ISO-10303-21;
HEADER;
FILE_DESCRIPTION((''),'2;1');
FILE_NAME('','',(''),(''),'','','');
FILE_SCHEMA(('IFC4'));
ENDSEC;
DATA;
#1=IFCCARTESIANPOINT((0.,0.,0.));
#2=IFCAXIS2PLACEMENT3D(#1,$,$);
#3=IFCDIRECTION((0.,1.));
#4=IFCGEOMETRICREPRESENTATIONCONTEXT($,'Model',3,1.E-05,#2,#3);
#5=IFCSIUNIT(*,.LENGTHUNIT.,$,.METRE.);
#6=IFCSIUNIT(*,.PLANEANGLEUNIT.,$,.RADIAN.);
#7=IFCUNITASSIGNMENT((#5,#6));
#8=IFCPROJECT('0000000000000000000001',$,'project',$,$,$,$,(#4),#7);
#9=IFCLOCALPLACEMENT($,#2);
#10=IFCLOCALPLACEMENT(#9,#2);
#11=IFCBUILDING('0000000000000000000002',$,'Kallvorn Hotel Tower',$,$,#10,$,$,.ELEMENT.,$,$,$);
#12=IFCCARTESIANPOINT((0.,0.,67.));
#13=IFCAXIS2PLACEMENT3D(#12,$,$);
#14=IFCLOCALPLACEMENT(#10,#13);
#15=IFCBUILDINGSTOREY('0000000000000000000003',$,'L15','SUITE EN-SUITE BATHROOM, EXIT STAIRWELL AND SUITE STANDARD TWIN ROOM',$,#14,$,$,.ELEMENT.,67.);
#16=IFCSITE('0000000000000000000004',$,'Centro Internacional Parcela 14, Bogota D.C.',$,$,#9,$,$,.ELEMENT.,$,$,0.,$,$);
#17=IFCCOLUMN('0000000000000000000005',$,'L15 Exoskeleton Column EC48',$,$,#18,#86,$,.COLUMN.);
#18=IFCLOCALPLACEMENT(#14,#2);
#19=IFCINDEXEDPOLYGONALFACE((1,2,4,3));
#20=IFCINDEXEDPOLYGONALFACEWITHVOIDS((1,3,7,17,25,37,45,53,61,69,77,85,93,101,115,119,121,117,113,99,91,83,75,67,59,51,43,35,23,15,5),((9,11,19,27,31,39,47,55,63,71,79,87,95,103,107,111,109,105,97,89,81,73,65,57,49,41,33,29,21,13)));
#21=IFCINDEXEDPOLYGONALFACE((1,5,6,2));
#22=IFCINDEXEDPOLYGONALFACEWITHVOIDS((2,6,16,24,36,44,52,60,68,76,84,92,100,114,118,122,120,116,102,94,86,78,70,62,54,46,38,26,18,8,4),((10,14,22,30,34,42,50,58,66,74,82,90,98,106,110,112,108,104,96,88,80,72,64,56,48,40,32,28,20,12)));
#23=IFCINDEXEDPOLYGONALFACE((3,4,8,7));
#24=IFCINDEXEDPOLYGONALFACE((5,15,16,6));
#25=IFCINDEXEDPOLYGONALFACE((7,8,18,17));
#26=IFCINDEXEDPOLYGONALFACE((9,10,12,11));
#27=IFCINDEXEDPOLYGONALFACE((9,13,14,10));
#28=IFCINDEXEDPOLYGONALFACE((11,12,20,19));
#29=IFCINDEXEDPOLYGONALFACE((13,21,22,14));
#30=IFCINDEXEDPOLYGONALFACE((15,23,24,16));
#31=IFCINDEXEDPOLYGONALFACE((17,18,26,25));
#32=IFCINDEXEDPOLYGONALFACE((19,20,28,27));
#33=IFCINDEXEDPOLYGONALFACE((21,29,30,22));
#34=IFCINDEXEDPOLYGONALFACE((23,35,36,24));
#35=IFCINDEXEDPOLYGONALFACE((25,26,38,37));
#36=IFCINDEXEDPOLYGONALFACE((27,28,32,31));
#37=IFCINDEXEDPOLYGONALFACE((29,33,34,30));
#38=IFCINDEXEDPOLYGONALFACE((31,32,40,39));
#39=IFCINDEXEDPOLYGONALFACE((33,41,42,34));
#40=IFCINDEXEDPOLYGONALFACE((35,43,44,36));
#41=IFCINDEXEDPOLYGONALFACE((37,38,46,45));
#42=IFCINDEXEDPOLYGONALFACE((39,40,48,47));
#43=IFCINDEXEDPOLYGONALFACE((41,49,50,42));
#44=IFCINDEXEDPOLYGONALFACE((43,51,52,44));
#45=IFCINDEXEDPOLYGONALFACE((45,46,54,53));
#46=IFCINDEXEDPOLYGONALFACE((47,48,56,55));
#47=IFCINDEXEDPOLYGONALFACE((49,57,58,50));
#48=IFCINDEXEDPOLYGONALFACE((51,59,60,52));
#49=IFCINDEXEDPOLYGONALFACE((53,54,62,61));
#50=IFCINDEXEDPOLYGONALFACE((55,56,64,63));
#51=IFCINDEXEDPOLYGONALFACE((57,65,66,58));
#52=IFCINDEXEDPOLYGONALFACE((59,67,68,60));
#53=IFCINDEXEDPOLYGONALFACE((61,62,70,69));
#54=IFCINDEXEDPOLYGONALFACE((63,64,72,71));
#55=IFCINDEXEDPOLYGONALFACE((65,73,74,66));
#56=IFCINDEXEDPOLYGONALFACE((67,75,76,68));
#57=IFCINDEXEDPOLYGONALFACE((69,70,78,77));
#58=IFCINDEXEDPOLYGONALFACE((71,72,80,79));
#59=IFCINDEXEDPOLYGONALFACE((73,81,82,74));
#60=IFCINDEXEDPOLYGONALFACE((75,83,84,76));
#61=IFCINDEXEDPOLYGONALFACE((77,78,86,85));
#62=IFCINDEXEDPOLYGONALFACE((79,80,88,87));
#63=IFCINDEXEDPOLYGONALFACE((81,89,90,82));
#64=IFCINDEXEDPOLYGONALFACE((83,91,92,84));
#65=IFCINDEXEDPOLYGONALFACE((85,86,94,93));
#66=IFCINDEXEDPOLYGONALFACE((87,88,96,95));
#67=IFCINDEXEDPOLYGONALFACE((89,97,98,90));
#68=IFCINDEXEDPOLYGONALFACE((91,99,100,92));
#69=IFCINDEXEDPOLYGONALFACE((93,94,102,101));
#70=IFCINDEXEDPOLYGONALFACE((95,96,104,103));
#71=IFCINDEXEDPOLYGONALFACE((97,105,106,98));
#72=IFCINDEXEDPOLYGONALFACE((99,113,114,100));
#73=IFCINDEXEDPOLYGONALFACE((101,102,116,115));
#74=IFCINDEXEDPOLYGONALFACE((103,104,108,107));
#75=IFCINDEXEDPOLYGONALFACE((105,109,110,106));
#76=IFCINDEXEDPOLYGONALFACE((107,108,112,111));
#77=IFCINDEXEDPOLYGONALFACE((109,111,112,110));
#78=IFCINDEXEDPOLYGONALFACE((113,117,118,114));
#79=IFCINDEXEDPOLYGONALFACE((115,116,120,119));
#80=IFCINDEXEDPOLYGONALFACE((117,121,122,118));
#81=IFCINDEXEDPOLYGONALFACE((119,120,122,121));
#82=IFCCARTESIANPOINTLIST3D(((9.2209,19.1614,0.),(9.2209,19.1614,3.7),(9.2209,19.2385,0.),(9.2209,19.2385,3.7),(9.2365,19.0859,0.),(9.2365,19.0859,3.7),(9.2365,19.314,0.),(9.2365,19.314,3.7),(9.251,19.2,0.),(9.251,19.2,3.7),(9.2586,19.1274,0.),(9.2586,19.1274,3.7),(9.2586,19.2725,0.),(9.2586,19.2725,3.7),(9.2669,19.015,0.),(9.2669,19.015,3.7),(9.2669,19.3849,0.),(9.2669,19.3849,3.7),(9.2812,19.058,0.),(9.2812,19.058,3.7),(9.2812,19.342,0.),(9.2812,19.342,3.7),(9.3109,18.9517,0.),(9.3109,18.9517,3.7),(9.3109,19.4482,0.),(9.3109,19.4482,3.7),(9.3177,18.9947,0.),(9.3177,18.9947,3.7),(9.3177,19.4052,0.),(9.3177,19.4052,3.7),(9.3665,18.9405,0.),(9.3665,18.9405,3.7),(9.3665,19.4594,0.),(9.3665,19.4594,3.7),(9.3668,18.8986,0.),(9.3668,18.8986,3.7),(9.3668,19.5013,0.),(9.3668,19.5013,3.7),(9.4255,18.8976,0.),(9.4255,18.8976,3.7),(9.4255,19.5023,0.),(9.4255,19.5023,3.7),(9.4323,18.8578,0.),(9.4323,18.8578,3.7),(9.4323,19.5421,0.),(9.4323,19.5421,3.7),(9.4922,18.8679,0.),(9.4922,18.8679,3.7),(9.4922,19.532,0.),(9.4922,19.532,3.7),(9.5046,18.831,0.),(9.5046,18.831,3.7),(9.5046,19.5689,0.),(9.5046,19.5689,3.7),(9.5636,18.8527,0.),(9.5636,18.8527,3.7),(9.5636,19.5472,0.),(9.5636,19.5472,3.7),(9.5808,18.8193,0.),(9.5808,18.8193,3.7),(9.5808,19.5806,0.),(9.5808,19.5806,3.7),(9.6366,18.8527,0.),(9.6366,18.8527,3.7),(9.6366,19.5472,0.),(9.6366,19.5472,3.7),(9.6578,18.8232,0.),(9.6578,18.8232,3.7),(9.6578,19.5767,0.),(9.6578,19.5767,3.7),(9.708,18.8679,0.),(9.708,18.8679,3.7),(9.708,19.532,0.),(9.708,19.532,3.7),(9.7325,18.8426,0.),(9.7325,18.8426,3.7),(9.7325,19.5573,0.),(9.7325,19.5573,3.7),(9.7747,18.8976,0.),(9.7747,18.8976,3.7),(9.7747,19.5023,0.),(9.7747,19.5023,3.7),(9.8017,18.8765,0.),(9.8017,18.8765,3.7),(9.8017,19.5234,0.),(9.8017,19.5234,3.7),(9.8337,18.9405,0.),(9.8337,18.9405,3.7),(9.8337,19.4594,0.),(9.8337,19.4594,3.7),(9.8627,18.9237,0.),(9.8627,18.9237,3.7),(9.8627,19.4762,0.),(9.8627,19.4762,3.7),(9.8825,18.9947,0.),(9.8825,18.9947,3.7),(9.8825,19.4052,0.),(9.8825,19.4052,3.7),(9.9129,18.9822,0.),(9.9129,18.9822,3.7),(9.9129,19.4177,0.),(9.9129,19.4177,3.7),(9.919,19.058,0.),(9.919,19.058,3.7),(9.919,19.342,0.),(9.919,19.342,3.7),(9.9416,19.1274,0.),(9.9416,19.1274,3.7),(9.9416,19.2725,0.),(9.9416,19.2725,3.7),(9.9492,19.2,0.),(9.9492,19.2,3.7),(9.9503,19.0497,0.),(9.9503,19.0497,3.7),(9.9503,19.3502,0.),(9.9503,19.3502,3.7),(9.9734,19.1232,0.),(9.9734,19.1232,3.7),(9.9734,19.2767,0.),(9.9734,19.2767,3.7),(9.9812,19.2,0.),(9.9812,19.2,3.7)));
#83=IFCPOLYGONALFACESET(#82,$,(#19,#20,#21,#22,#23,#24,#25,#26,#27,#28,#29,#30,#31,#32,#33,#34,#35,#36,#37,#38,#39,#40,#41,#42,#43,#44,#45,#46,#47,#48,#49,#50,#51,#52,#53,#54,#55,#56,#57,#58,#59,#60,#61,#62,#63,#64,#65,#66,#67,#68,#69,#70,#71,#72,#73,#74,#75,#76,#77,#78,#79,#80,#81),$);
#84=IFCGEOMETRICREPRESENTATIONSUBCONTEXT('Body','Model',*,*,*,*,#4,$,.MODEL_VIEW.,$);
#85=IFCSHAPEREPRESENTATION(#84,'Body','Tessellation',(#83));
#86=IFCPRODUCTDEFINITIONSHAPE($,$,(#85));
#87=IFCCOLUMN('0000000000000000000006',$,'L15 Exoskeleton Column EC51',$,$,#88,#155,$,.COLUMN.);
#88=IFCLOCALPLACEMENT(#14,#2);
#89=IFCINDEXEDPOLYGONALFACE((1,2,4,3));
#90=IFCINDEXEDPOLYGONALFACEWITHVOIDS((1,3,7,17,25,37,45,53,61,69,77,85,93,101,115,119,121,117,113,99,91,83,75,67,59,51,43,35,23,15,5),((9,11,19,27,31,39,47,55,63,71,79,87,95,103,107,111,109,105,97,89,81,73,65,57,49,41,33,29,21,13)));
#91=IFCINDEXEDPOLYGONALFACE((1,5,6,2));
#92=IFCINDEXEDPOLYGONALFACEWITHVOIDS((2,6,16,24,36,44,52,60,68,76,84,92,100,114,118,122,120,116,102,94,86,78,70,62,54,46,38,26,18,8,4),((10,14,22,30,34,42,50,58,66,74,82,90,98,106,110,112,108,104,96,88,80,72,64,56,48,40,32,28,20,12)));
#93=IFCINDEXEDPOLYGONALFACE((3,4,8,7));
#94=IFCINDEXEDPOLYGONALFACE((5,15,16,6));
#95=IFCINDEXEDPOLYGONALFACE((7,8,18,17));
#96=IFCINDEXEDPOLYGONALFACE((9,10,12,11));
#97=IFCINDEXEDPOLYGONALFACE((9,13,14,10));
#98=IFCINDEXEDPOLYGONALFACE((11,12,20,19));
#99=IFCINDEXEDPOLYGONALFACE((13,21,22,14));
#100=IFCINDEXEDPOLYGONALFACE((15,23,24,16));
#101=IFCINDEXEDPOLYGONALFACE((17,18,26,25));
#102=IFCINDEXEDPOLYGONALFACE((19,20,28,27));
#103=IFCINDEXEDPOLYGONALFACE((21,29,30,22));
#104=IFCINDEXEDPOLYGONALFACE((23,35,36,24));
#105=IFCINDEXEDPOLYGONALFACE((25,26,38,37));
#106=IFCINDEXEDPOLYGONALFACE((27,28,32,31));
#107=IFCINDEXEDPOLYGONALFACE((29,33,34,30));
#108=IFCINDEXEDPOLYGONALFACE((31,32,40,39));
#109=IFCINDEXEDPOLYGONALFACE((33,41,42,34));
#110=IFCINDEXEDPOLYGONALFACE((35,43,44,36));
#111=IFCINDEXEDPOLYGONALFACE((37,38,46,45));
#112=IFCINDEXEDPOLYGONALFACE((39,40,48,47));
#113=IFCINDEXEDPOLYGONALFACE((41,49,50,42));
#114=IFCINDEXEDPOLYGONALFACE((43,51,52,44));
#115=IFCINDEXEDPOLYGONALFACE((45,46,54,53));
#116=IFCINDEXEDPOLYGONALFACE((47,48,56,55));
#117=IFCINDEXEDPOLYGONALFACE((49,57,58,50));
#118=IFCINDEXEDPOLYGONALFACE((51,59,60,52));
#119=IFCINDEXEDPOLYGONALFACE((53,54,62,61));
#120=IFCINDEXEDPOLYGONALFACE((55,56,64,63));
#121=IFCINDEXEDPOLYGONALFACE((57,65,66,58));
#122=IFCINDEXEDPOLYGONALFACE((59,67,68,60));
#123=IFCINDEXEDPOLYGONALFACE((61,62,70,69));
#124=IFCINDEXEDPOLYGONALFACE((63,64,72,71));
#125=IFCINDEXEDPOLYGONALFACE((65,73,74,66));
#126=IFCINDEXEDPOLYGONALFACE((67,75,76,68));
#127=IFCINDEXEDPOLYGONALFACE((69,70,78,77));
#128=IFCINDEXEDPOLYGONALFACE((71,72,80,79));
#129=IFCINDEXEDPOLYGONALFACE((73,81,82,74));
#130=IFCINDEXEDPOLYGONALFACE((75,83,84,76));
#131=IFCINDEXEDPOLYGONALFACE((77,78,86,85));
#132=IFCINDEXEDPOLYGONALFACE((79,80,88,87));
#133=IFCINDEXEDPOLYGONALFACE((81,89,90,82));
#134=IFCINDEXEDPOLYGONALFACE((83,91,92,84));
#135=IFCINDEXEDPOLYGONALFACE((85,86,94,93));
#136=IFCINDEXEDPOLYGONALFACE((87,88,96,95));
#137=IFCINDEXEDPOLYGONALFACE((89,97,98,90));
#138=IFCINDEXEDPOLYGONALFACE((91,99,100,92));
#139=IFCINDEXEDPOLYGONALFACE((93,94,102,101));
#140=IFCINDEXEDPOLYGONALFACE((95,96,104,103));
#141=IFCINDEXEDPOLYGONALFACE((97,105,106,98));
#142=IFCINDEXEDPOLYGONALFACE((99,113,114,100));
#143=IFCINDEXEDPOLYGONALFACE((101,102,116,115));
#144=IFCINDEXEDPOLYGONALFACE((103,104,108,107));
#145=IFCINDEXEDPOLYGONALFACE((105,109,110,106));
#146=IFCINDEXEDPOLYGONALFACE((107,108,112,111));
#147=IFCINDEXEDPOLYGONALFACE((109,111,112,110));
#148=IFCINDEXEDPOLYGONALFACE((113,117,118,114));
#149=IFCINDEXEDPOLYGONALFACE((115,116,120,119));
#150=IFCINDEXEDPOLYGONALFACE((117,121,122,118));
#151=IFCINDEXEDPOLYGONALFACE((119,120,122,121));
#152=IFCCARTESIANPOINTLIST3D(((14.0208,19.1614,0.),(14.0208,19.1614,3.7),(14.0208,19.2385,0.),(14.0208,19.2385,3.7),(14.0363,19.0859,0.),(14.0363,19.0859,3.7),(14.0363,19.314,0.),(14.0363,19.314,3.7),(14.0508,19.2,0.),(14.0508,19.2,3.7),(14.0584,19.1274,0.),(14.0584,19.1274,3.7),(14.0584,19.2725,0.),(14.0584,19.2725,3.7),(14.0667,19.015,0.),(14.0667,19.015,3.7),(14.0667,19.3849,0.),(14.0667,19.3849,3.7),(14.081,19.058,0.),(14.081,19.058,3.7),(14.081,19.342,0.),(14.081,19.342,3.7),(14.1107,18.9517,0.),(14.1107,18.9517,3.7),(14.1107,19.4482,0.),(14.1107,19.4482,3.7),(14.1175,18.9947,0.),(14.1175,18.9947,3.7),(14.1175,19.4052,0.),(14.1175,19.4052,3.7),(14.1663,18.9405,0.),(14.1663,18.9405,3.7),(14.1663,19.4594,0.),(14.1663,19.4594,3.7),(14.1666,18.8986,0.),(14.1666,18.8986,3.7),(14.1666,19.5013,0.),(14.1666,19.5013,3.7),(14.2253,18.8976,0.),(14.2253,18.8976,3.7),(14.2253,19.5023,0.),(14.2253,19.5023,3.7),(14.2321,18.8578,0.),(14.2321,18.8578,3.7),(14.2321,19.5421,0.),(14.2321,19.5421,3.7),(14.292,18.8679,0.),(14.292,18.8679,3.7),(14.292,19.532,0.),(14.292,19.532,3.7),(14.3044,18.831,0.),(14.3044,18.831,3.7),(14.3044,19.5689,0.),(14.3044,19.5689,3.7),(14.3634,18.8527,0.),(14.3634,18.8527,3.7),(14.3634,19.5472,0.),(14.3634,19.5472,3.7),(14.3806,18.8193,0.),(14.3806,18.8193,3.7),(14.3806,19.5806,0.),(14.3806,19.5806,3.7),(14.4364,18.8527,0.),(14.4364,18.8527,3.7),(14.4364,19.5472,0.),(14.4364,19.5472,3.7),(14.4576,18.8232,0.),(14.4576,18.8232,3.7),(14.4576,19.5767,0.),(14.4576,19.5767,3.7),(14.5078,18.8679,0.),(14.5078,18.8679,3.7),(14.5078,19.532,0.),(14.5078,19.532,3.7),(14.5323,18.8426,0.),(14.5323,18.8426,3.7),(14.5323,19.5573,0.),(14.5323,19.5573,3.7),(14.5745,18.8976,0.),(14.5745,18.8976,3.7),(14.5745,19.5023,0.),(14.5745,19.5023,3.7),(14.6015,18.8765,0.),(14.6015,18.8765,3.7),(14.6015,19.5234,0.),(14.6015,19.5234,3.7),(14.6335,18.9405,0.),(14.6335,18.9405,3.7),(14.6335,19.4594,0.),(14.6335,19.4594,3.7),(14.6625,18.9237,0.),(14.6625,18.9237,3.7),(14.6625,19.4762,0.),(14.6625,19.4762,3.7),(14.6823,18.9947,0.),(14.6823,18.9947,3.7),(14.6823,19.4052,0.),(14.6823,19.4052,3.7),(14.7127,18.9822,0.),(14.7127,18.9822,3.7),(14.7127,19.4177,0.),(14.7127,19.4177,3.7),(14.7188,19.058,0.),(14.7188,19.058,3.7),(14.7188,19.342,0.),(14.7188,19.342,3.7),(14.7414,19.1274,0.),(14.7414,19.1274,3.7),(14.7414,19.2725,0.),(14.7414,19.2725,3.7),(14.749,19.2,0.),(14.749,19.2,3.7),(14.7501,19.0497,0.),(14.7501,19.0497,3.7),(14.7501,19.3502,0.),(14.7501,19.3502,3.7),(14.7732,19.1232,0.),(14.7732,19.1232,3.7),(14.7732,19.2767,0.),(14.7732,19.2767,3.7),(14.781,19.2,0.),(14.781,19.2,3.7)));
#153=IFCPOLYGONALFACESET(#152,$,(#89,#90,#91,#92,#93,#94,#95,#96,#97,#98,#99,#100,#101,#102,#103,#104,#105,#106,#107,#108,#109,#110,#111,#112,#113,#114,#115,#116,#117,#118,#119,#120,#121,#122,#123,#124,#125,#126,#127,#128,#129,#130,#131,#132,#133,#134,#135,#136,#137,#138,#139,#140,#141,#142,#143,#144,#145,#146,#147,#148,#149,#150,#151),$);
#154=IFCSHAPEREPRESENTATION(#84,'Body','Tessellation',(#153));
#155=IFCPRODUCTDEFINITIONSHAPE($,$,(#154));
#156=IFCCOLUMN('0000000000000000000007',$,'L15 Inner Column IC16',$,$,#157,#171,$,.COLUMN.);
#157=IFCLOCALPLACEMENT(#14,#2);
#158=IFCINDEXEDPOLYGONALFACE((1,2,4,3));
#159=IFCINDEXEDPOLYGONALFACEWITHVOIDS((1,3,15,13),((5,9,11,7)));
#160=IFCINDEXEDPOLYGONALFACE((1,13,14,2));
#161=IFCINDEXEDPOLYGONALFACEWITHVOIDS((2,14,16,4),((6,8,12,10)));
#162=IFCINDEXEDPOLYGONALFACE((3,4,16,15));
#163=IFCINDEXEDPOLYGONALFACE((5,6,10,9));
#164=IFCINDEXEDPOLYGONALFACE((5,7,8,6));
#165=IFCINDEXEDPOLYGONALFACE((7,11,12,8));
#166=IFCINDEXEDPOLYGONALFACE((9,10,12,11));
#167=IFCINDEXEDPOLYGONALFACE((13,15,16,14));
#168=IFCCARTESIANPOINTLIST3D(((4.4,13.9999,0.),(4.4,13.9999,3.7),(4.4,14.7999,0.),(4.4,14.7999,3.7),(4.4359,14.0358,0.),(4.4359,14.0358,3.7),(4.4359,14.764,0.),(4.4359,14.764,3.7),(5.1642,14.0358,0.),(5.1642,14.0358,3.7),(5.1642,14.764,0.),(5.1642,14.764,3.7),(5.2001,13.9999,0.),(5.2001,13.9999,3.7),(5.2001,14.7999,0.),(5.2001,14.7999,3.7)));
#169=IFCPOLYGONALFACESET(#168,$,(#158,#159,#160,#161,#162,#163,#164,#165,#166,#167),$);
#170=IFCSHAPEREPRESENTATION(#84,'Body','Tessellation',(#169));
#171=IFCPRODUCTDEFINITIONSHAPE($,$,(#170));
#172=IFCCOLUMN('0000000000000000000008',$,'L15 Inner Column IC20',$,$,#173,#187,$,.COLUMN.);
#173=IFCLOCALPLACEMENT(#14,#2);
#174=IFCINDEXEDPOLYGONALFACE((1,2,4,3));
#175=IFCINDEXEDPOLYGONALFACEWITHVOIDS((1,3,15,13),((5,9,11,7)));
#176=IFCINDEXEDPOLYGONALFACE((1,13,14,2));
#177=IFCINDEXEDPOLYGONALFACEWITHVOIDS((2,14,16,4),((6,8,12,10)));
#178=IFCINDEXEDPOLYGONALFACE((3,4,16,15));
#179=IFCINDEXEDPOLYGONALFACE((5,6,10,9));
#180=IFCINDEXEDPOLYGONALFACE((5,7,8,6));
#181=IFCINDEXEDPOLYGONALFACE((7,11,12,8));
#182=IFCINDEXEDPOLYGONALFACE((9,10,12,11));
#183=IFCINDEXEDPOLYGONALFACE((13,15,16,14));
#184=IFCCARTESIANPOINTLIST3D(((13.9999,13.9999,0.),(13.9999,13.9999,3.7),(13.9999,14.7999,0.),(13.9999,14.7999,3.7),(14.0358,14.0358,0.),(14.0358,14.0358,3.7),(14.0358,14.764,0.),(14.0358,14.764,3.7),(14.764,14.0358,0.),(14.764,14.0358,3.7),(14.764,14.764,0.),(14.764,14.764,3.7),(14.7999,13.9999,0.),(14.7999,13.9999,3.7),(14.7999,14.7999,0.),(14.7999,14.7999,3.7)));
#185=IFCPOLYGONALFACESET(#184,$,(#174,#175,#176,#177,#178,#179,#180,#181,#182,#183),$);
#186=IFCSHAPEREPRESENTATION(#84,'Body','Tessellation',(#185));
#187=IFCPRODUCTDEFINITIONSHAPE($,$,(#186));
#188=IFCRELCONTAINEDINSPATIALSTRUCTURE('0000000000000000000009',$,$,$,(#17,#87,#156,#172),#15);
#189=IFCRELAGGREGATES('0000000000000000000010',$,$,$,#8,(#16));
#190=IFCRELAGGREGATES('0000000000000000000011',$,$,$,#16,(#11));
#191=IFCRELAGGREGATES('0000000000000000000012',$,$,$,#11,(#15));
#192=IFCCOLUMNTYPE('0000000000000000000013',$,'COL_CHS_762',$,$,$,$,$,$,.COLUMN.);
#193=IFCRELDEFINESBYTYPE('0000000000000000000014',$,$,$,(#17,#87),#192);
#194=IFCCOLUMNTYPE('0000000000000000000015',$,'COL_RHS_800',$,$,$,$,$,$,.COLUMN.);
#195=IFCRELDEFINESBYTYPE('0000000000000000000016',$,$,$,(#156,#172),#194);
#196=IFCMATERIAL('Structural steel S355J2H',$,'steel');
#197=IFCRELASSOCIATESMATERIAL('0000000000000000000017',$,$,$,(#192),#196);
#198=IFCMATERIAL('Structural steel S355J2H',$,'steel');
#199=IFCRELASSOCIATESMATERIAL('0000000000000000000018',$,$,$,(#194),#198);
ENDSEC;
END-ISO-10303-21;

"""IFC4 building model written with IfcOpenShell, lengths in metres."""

from ifc_helpers import new_model, si_unit, direction, frame, origin, origin_2d, place, context, subcontext, project, spatial, hollow_rectangle, hollow_circle, extrude, material, material_profile, profile_set, type_object, element, save


model = new_model("IFC4")

# Units and contexts
model_context = context("Model", 3, precision=1e-05, world=origin(), true_north=direction((0.0, 1.0)))
body_context = subcontext(model_context, "Body", "Model", "MODEL_VIEW")
ifc_project = project(units=[si_unit("LENGTHUNIT", "METRE"), si_unit("PLANEANGLEUNIT", "RADIAN")], contexts=[model_context])

# Site, building, storey
site_placement = place(None, origin())
site = spatial("IfcSite", under=ifc_project, at=site_placement, Name="Centro Internacional Parcela 14, Bogota D.C.", CompositionType="ELEMENT", RefElevation=0.0)
building_placement = place(site_placement, origin())
building = spatial("IfcBuilding", under=site, at=building_placement, Name="Kallvorn Hotel Tower", CompositionType="ELEMENT")
storey_placement = place(building_placement, frame((0.0, 0.0, 67.0)))
storey = spatial("IfcBuildingStorey", under=building, at=storey_placement, Name="L15", Description="SUITE EN-SUITE BATHROOM, EXIT STAIRWELL AND SUITE STANDARD TWIN ROOM", CompositionType="ELEMENT", Elevation=67.0)

# Columns
ifc_material_1 = material(Name="Structural steel S355J2H", Category="steel")
ifc_material_profile_1 = material_profile(ifc_material_1, hollow_circle(Radius=0.3811, WallThickness=0.032, at=origin_2d()), Name="CHS 762x32")
ifc_profile_set_1 = profile_set([ifc_material_profile_1], Name="Structural steel S355J2H")
column_type_1 = type_object("IfcColumnType", Name="COL_CHS_762", PredefinedType="COLUMN", material=ifc_profile_set_1)
for number, where, z_axis, x_axis, name in (
    (1, (9.6001, 19.2, 0.0), (0.0, 0.0, 1.0), (1.0, 0.0, 0.0), "L15 Exoskeleton Column EC48"),
    (2, (14.3999, 19.2, 0.0), (0.0, 0.0, 1.0), (1.0, 0.0, 0.0), "L15 Exoskeleton Column EC51"),
):
    element("IfcColumn", number, at=place(storey_placement, frame(where, z_axis=z_axis, x_axis=x_axis)), inside=storey, type_object=column_type_1, Name=name, PredefinedType="COLUMN", context=body_context, shape_type="SweptSolid", body=[
        extrude(hollow_circle(Radius=0.3811, WallThickness=0.032, at=origin_2d()), origin(), (0.0, 0.0, 1.0), 3.7),
    ])
ifc_material_2 = material(Name="Structural steel S355J2H", Category="steel")
ifc_material_profile_2 = material_profile(ifc_material_2, hollow_rectangle(XDim=0.8, YDim=0.8, WallThickness=0.0359, at=origin_2d()), Name="RHS 800x800x36")
ifc_profile_set_2 = profile_set([ifc_material_profile_2], Name="Structural steel S355J2H")
column_type_2 = type_object("IfcColumnType", Name="COL_RHS_800", PredefinedType="COLUMN", material=ifc_profile_set_2)
for number, where, z_axis, x_axis, name in (
    (3, (4.8, 14.3999, 0.0), (0.0, 0.0, 1.0), (1.0, 0.0, 0.0), "L15 Inner Column IC16"),
    (4, (14.3999, 14.3999, 0.0), (0.0, 0.0, 1.0), (1.0, 0.0, 0.0), "L15 Inner Column IC20"),
):
    element("IfcColumn", number, at=place(storey_placement, frame(where, z_axis=z_axis, x_axis=x_axis)), inside=storey, type_object=column_type_2, Name=name, PredefinedType="COLUMN", context=body_context, shape_type="SweptSolid", body=[
        extrude(hollow_rectangle(XDim=0.8, YDim=0.8, WallThickness=0.0359, at=origin_2d()), origin(), (0.0, 0.0, 1.0), 3.7),
    ])

save(model, "model.ifc")
